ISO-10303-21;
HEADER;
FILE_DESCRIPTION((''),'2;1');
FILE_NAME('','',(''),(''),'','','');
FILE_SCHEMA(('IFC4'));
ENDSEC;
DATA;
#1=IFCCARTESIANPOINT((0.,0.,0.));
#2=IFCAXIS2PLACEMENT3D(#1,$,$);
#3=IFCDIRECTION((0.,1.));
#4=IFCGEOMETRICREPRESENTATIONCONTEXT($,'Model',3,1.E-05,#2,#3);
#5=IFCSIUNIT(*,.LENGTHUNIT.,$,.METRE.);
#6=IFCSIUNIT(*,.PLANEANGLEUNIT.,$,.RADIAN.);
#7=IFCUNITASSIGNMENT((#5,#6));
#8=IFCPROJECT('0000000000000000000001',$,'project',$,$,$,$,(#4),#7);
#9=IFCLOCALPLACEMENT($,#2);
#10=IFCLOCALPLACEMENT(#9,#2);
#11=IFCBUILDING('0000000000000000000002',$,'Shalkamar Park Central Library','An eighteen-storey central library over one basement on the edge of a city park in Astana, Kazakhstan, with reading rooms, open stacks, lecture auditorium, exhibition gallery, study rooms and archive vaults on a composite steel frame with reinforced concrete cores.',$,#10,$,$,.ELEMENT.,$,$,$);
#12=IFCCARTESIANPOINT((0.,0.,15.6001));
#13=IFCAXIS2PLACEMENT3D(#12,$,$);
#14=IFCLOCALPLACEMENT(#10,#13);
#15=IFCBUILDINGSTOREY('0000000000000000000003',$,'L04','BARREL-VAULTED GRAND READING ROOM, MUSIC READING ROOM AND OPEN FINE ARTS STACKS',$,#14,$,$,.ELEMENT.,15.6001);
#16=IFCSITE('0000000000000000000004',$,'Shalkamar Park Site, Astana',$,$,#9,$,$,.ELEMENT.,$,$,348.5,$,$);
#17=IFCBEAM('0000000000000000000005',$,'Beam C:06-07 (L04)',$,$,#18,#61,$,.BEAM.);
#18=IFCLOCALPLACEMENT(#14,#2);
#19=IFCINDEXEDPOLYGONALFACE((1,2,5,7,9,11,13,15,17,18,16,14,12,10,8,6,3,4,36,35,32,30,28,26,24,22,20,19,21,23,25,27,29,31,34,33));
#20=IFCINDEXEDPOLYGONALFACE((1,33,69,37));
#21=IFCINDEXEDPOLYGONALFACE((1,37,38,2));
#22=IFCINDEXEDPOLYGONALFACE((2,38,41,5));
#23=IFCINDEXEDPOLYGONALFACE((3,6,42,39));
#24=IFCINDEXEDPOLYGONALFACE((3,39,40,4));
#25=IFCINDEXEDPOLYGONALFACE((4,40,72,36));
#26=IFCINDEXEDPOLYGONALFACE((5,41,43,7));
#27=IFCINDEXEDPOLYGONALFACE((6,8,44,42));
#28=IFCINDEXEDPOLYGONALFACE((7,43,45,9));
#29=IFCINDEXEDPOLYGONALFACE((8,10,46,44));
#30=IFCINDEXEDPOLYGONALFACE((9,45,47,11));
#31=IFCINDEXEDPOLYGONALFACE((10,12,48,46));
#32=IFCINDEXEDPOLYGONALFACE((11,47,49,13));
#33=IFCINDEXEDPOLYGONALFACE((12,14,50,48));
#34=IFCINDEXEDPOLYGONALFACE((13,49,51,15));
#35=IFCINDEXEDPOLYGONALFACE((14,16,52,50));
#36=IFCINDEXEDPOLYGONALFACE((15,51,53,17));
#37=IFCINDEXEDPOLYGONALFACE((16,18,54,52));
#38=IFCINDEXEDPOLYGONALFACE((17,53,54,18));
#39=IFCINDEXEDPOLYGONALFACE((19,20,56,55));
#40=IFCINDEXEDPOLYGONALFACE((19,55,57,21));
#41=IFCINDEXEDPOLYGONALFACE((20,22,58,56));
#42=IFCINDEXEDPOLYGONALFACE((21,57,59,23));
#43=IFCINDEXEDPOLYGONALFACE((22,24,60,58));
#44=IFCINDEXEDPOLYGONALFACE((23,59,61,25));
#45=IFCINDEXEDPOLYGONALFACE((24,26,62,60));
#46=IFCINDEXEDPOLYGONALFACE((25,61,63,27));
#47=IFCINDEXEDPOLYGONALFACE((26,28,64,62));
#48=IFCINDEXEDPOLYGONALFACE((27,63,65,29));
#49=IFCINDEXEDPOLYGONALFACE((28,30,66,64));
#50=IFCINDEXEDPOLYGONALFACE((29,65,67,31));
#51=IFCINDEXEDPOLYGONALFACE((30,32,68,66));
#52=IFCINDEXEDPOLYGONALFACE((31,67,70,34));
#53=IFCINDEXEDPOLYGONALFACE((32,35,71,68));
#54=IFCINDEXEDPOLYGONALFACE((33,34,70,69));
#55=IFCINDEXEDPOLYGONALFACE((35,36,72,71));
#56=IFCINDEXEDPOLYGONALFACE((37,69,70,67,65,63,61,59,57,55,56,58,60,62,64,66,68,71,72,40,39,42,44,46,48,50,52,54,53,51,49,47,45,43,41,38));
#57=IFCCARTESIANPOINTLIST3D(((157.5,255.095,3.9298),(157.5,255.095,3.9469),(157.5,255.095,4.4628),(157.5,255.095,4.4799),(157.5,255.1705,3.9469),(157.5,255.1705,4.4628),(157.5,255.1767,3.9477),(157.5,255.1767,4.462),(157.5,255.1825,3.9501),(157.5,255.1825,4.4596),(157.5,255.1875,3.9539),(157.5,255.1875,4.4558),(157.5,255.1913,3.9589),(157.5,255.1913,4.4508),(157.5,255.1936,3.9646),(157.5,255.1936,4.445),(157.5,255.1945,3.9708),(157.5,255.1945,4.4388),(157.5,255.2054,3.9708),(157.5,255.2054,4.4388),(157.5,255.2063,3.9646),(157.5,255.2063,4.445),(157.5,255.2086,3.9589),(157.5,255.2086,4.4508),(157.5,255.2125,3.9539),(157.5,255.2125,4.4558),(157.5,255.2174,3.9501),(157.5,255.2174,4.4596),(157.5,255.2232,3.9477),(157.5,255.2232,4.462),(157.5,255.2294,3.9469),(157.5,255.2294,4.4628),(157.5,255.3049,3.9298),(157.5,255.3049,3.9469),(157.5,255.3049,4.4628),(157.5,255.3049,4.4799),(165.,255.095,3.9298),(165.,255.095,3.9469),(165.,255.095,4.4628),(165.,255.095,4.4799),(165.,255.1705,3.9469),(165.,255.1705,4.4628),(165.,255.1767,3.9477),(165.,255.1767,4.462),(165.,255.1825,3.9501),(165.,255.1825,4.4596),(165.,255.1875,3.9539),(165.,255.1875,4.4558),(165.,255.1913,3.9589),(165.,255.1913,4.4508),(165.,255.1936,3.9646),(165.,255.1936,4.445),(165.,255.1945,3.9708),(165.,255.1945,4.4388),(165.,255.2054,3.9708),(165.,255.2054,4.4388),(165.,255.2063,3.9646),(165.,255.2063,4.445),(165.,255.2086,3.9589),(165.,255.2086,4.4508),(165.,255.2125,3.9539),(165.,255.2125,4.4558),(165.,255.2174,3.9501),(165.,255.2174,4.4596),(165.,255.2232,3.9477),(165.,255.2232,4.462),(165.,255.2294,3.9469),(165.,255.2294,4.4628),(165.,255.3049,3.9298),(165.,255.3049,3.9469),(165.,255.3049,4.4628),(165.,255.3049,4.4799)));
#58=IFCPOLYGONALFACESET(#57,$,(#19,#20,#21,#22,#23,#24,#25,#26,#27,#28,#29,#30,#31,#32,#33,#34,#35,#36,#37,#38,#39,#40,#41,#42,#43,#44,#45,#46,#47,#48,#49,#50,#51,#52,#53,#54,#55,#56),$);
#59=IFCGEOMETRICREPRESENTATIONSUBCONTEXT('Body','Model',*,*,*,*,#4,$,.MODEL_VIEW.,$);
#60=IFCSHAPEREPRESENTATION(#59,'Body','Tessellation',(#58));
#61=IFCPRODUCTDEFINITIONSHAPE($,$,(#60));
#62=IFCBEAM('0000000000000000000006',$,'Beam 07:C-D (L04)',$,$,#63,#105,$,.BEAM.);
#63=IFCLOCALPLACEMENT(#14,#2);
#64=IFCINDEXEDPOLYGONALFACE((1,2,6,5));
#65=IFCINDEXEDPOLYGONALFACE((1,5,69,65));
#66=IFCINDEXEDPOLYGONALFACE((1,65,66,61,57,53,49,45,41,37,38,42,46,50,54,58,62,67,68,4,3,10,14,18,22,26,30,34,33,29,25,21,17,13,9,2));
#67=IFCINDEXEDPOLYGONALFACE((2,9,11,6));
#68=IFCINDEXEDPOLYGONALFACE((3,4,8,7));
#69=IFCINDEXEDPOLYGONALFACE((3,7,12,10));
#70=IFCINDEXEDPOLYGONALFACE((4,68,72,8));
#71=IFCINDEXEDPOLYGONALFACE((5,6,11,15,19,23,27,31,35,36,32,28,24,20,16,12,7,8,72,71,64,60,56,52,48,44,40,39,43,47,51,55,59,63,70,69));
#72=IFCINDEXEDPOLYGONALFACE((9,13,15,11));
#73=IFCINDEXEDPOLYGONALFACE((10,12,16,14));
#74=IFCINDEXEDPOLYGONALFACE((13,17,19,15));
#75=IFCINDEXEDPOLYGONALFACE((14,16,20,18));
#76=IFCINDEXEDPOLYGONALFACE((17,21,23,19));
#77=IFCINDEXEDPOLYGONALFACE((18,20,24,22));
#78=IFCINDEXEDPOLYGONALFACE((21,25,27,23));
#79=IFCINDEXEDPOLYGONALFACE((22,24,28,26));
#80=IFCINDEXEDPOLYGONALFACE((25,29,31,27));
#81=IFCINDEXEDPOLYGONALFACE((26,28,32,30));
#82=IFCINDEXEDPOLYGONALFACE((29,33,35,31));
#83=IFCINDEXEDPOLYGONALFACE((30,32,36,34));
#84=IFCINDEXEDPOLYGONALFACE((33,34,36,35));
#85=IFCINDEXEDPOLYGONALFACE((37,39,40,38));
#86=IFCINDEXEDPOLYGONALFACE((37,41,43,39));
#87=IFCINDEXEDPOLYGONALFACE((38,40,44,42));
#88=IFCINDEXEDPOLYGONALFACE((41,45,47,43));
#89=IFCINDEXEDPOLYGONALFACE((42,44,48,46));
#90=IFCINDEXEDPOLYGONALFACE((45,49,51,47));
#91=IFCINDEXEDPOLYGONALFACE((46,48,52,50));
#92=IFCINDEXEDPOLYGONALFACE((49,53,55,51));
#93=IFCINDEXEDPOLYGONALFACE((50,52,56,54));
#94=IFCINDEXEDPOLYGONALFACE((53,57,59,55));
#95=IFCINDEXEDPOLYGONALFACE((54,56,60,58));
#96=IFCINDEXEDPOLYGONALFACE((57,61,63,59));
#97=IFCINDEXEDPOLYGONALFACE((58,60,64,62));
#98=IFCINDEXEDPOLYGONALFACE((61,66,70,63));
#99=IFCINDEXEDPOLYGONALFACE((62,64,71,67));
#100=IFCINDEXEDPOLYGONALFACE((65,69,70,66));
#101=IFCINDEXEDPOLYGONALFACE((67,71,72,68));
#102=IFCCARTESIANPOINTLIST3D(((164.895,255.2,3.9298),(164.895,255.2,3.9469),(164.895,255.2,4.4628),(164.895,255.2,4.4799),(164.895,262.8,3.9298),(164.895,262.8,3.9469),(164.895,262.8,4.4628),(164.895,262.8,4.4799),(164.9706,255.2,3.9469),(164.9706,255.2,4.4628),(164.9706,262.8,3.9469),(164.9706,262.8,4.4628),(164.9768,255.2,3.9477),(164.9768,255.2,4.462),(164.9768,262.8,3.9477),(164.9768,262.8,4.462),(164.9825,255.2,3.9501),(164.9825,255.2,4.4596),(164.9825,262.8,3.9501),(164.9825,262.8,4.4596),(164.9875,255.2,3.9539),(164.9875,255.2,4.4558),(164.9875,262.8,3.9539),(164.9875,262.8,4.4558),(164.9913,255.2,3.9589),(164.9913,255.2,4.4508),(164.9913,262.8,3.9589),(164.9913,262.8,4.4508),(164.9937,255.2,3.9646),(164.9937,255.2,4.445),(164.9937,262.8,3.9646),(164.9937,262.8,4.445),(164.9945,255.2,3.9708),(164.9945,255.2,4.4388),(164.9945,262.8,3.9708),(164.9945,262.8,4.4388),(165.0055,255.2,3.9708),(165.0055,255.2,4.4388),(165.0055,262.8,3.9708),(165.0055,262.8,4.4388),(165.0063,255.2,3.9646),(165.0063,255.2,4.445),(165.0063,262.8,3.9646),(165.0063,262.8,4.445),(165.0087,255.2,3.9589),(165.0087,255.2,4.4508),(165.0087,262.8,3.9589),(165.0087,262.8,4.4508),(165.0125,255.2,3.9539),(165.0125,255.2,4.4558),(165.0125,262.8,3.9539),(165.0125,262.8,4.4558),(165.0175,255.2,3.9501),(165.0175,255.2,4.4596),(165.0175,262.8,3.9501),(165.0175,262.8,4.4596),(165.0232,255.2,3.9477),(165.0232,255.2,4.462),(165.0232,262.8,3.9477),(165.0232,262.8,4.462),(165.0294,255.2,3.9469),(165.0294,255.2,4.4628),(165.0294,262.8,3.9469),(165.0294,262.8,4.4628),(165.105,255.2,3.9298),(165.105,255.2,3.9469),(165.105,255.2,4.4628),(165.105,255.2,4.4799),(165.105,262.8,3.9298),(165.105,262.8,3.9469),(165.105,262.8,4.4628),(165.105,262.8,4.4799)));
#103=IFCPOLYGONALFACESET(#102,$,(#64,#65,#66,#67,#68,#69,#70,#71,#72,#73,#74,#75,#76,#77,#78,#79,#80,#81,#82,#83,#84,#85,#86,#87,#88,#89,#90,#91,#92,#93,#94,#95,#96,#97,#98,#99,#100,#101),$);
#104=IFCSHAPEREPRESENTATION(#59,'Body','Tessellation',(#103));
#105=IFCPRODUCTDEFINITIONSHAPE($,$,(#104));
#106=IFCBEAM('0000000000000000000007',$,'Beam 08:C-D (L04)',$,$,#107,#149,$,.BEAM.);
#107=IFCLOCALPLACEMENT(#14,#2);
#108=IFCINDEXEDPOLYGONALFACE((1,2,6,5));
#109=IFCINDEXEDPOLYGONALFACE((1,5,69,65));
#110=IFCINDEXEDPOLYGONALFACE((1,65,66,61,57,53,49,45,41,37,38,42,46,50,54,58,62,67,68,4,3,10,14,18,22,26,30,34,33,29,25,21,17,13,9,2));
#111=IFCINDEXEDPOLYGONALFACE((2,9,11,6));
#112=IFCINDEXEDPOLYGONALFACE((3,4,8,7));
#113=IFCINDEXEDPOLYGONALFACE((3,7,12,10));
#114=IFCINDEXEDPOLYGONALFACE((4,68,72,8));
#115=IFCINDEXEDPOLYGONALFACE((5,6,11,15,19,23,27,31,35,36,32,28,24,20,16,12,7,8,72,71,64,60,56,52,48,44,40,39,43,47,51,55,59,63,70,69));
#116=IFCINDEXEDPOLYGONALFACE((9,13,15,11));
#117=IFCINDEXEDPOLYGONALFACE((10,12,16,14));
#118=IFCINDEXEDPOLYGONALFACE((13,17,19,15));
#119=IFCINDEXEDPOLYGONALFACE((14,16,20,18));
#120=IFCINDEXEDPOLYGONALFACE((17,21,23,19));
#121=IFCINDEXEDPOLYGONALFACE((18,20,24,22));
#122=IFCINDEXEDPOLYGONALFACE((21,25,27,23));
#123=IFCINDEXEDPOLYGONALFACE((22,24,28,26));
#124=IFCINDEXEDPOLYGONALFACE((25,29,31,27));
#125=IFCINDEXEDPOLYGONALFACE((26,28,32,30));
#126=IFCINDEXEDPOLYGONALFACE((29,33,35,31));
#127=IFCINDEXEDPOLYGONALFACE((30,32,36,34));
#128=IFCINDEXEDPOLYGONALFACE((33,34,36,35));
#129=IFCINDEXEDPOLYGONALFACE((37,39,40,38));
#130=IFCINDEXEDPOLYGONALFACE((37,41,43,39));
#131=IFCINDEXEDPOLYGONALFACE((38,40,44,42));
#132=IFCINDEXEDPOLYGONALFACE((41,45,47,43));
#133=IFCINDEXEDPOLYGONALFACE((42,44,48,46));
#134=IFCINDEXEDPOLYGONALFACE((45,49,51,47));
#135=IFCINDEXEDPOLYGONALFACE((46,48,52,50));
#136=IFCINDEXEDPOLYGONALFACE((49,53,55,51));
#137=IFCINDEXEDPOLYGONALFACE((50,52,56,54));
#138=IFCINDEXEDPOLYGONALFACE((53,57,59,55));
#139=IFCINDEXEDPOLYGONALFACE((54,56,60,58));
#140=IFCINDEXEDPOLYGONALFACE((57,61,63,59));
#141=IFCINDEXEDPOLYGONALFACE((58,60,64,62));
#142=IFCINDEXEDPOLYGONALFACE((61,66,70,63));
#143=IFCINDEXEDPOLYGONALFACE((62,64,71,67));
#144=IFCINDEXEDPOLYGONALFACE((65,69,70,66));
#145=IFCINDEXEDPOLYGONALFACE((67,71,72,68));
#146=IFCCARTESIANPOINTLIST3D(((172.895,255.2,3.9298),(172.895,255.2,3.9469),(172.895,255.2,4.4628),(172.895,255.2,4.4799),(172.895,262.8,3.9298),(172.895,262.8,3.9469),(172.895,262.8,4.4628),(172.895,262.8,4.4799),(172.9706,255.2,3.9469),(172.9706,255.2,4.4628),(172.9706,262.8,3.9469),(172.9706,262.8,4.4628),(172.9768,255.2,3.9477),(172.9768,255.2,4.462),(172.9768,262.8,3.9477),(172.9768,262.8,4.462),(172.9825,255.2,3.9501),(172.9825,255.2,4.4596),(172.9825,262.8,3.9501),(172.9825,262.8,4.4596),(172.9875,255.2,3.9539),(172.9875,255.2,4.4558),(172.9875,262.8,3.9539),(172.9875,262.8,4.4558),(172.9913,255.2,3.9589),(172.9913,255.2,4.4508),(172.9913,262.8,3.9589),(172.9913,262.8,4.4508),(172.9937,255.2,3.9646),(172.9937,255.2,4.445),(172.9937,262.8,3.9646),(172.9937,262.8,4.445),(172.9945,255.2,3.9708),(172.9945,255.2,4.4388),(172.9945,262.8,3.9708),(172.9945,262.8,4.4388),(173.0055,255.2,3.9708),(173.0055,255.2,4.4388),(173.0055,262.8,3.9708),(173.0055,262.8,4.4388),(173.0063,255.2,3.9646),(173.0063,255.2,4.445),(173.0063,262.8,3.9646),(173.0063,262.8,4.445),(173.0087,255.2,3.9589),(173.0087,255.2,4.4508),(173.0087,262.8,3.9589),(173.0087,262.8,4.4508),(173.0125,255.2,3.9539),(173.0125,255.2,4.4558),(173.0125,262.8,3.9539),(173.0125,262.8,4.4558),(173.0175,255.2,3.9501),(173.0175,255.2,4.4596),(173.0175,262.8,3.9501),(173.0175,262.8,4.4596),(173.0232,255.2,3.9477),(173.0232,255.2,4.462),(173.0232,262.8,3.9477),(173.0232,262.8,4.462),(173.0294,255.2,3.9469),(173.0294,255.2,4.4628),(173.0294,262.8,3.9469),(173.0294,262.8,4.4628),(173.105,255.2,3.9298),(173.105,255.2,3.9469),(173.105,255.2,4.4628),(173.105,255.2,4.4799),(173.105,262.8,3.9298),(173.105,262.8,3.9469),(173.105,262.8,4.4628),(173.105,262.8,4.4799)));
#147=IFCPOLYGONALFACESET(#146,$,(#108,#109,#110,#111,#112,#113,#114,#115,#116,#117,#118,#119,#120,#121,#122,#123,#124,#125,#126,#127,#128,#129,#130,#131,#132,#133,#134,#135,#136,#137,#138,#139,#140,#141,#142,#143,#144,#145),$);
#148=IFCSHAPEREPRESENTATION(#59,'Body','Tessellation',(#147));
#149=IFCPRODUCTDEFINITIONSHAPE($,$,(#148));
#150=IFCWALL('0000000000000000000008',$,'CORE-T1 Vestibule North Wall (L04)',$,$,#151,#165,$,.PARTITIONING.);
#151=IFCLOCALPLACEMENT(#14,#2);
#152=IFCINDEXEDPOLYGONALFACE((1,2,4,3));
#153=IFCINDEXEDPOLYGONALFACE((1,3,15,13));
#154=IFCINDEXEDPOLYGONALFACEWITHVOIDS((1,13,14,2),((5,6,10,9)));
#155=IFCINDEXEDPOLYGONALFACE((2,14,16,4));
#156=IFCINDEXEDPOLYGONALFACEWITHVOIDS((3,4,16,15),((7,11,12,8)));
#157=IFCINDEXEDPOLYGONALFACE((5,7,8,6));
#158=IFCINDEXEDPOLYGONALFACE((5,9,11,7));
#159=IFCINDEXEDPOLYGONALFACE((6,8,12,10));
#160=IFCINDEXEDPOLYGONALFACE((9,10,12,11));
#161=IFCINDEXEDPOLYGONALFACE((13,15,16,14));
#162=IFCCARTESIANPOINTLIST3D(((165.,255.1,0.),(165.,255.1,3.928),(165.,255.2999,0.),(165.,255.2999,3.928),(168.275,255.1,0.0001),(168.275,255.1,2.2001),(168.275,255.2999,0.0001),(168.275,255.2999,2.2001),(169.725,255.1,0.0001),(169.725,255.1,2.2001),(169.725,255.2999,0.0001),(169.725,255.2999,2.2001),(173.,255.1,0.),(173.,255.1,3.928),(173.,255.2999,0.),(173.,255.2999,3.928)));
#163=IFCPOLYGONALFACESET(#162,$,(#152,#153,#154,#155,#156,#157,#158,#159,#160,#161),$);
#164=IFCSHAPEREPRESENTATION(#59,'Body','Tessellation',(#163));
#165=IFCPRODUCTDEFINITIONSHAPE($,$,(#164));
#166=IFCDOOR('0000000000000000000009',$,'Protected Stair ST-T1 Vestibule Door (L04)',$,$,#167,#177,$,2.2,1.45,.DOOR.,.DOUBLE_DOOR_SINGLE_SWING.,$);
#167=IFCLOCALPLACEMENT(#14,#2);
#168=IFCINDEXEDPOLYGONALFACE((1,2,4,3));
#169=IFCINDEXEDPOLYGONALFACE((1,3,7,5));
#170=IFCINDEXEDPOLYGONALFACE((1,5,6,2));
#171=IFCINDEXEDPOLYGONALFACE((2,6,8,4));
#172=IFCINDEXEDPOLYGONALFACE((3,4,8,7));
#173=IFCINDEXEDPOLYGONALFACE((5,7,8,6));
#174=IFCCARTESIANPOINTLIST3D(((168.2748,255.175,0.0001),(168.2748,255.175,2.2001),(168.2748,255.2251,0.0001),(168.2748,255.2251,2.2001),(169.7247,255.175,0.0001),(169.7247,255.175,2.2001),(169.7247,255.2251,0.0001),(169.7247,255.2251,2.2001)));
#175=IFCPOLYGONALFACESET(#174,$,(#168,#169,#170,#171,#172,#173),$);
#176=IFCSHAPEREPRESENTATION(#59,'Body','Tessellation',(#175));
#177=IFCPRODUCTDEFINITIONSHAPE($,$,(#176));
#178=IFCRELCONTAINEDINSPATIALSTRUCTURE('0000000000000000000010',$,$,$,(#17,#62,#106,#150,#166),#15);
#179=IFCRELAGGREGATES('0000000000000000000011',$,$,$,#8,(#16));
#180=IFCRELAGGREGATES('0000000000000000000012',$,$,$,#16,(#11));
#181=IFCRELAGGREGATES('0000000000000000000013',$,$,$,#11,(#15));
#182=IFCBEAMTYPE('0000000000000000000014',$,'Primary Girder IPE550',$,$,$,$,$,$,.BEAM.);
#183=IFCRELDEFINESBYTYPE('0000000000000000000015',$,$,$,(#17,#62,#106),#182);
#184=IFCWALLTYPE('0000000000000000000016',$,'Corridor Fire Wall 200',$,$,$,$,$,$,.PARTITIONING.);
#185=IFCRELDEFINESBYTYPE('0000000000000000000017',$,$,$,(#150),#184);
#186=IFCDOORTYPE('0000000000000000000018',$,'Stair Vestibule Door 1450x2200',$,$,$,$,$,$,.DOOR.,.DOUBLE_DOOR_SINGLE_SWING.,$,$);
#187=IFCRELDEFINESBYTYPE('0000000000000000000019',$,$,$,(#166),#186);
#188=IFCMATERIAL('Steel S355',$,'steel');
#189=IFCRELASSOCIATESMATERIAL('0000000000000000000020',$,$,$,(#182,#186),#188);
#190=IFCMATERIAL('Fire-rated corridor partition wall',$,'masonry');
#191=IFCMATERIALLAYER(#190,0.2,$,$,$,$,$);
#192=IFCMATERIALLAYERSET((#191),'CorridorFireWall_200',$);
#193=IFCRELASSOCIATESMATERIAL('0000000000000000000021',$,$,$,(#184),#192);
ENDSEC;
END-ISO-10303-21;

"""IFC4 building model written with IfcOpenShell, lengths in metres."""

from ifc_helpers import new_model, si_unit, direction, frame, frame_2d, origin, origin_2d, place, context, subcontext, project, spatial, rectangle, i_section, extrude, material, layer, layer_set, material_profile, profile_set, type_object, element, fill, save


model = new_model("IFC4")

# Units and contexts
model_context = context("Model", 3, precision=1e-05, world=origin(), true_north=direction((0.0, 1.0)))
body_context = subcontext(model_context, "Body", "Model", "MODEL_VIEW")
ifc_project = project(units=[si_unit("LENGTHUNIT", "METRE"), si_unit("PLANEANGLEUNIT", "RADIAN")], contexts=[model_context])

# Site, building, storey
site_placement = place(None, origin())
site = spatial("IfcSite", under=ifc_project, at=site_placement, Name="Shalkamar Park Site, Astana", CompositionType="ELEMENT", RefElevation=348.5)
building_placement = place(site_placement, origin())
building = spatial("IfcBuilding", under=site, at=building_placement, Name="Shalkamar Park Central Library", Description="An eighteen-storey central library over one basement on the edge of a city park in Astana, Kazakhstan, with reading rooms, open stacks, lecture auditorium, exhibition gallery, study rooms and archive vaults on a composite steel frame with reinforced concrete cores.", CompositionType="ELEMENT")
storey_placement = place(building_placement, frame((0.0, 0.0, 15.6001)))
storey = spatial("IfcBuildingStorey", under=building, at=storey_placement, Name="L04", Description="BARREL-VAULTED GRAND READING ROOM, MUSIC READING ROOM AND OPEN FINE ARTS STACKS", CompositionType="ELEMENT", Elevation=15.6001)

# Shared definitions
ifc_material_1 = material(Name="Steel S355", Category="steel")

# Beams
ifc_material_profile_1 = material_profile(ifc_material_1, i_section(OverallWidth=0.21, OverallDepth=0.55, WebThickness=0.011, FlangeThickness=0.0171, FilletRadius=0.0239, at=origin_2d()), Name="IPE 550")
ifc_profile_set_1 = profile_set([ifc_material_profile_1], Name="Steel S355")
beam_type_1 = type_object("IfcBeamType", Name="Primary Girder IPE550", PredefinedType="BEAM", material=ifc_profile_set_1)
beam_1_placement = place(storey_placement, frame((157.5, 255.2, 4.2048), z_axis=(1.0, 0.0, 0.0), x_axis=(0.0, 1.0, 0.0)))
element("IfcBeam", 1, at=beam_1_placement, inside=storey, type_object=beam_type_1, Name="Beam C:06-07 (L04)", PredefinedType="BEAM", context=body_context, shape_type="SweptSolid", body=[
    extrude(i_section(OverallWidth=0.21, OverallDepth=0.55, WebThickness=0.011, FlangeThickness=0.0171, FilletRadius=0.0239, at=origin_2d()), origin(), (0.0, 0.0, 1.0), 7.5),
])
for number, where, z_axis, x_axis, name in (
    (2, (165.0, 255.2, 4.2048), (0.0, 1.0, 0.0), (-1.0, 0.0, 0.0), "Beam 07:C-D (L04)"),
    (3, (173.0, 255.2, 4.2048), (0.0, 1.0, 0.0), (-1.0, 0.0, 0.0), "Beam 08:C-D (L04)"),
):
    element("IfcBeam", number, at=place(storey_placement, frame(where, z_axis=z_axis, x_axis=x_axis)), inside=storey, type_object=beam_type_1, Name=name, PredefinedType="BEAM", context=body_context, shape_type="SweptSolid", body=[
        extrude(i_section(OverallWidth=0.21, OverallDepth=0.55, WebThickness=0.011, FlangeThickness=0.0171, FilletRadius=0.0239, at=origin_2d()), origin(), (0.0, 0.0, 1.0), 7.6001),
    ])

# Wall, opening, door
ifc_material_2 = material(Name="Fire-rated corridor partition wall", Category="masonry")
ifc_layer_1 = layer(ifc_material_2, 0.2)
ifc_layer_set_1 = layer_set([ifc_layer_1], Name="CorridorFireWall_200")
wall_type_1 = type_object("IfcWallType", Name="Corridor Fire Wall 200", PredefinedType="PARTITIONING", material=ifc_layer_set_1)
wall_1_placement = place(storey_placement, frame((165.0, 255.2, 0.0), z_axis=(0.0, 0.0, 1.0), x_axis=(1.0, 0.0, 0.0)))
wall_1 = element("IfcWall", 4, at=wall_1_placement, inside=storey, type_object=wall_type_1, Name="CORE-T1 Vestibule North Wall (L04)", PredefinedType="PARTITIONING", context=body_context, shape_type="SweptSolid", body=[
    extrude(rectangle(XDim=8.0, YDim=0.2, at=frame_2d((4.0, 0.0))), origin(), (0.0, 0.0, 1.0), 3.928),
])
opening_1_placement = place(wall_1_placement, frame((3.2749, 0.0, 0.0)))
opening_1 = element("IfcOpeningElement", 5, at=opening_1_placement, cuts=wall_1, PredefinedType="OPENING", context=body_context, shape_type="SweptSolid", body=[
    extrude(rectangle(XDim=1.45, YDim=2.2, at=frame_2d((0.7251, 1.1001))), frame((0.0, 0.1147, 0.0), z_axis=(0.0, -1.0, 0.0), x_axis=(1.0, 0.0, 0.0)), (0.0, 0.0, 1.0), 0.2297),
])
door_type_1 = type_object("IfcDoorType", Name="Stair Vestibule Door 1450x2200", OperationType="DOUBLE_DOOR_SINGLE_SWING", PredefinedType="DOOR", material=ifc_material_1)
door_1_placement = place(opening_1_placement, frame((1.45, 0.0, 0.0), z_axis=(0.0, 0.0, 1.0), x_axis=(-1.0, 0.0, 0.0)))
door_1 = element("IfcDoor", 6, at=door_1_placement, inside=storey, type_object=door_type_1, Name="Protected Stair ST-T1 Vestibule Door (L04)", OperationType="DOUBLE_DOOR_SINGLE_SWING", OverallHeight=2.2, OverallWidth=1.45, PredefinedType="DOOR", context=body_context, shape_type="SweptSolid", body=[
    extrude(rectangle(XDim=1.45, YDim=2.2, at=frame_2d((0.7251, 1.1001))), frame((0.0, 0.0249, 0.0), z_axis=(0.0, -1.0, 0.0), x_axis=(1.0, 0.0, 0.0)), (0.0, 0.0, 1.0), 0.05),
])
fill(opening_1, door_1)

save(model, "model.ifc")
